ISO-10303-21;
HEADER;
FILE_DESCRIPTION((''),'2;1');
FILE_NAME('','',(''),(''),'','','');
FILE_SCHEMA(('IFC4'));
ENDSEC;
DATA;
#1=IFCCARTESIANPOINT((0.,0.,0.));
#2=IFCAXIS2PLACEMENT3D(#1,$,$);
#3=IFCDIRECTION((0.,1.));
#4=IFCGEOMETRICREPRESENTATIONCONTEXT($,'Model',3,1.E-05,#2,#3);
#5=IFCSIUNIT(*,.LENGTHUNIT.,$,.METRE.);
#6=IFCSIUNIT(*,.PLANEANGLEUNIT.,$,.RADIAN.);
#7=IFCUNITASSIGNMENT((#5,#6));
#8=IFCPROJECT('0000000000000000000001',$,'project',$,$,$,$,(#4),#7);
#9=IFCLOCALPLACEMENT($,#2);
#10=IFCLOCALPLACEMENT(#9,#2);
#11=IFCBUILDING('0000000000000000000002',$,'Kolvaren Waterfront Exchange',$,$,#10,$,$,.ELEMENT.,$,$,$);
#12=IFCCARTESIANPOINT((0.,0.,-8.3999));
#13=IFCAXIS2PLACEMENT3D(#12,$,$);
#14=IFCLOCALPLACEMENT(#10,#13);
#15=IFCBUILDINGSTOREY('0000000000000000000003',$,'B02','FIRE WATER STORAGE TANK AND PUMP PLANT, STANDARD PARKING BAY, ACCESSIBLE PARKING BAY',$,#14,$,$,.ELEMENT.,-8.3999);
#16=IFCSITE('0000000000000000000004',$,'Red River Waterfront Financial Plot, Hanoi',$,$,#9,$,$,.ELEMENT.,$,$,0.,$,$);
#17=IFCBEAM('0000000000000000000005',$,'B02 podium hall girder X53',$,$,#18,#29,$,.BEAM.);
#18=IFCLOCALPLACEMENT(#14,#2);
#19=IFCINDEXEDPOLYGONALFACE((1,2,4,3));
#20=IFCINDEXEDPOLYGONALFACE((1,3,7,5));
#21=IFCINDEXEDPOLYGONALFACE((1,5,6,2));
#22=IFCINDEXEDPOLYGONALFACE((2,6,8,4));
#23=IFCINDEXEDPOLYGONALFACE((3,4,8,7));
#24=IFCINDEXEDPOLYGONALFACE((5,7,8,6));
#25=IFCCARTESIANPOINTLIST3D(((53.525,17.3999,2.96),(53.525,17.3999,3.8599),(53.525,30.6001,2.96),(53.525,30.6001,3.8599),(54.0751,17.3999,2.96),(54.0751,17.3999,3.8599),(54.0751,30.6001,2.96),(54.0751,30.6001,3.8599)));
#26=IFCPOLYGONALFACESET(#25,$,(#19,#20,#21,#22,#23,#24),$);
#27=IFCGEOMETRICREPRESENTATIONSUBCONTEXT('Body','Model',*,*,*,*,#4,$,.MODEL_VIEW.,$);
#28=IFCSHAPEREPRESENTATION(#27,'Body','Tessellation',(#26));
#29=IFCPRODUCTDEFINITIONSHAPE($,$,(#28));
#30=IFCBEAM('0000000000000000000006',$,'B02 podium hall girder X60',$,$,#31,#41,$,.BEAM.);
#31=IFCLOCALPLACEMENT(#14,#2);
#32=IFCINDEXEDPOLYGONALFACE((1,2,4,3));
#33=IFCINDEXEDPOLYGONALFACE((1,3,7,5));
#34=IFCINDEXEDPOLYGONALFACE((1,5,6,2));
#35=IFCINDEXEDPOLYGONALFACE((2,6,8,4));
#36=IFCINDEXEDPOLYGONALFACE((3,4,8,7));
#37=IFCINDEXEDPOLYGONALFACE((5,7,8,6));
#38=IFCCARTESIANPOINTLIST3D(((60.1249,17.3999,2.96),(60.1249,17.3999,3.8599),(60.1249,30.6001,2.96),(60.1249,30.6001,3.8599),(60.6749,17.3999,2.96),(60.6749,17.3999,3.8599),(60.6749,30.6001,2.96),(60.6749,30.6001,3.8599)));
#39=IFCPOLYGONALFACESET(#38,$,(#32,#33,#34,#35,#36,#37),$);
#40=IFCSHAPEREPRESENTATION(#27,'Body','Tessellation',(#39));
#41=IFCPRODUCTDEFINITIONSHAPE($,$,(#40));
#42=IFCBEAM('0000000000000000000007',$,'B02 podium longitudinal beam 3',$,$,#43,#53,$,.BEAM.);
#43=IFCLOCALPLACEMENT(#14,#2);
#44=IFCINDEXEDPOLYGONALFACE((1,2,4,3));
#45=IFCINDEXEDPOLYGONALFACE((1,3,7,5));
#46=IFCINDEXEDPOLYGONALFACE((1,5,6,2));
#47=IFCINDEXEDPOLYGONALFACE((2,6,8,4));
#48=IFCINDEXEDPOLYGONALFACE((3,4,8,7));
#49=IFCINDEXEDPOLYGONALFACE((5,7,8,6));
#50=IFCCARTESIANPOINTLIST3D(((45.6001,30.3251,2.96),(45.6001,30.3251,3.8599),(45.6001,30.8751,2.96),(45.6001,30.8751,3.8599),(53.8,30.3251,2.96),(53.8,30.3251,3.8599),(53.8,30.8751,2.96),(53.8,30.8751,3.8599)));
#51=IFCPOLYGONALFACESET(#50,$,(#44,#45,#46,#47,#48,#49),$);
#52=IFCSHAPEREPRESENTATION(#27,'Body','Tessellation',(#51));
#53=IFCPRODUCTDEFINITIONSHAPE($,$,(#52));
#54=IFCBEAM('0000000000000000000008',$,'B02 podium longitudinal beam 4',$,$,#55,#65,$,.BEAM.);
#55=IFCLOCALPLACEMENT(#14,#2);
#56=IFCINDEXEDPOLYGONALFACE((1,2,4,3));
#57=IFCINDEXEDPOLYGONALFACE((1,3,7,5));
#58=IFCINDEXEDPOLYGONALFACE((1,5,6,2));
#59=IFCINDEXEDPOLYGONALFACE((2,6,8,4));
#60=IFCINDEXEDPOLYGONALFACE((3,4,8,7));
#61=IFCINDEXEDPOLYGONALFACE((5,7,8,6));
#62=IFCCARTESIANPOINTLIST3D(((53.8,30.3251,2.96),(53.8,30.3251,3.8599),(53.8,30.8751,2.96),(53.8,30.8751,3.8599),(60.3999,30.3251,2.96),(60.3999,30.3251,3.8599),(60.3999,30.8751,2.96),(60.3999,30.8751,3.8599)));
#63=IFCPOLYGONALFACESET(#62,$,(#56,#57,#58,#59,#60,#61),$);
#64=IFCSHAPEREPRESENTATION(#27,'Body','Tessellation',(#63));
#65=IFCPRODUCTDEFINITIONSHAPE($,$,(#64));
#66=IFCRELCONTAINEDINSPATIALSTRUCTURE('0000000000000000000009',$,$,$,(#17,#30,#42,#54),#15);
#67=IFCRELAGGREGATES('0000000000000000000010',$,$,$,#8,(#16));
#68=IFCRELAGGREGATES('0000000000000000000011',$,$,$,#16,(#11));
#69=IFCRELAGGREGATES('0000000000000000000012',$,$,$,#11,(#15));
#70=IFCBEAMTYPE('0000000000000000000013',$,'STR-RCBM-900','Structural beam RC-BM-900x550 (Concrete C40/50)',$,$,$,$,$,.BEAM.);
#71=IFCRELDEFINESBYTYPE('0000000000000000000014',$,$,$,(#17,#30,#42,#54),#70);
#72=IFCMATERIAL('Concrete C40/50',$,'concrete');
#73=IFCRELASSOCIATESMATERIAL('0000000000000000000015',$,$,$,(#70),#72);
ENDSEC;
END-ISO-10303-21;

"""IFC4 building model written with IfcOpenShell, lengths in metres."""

from ifc_helpers import new_model, si_unit, direction, frame, origin, origin_2d, place, context, subcontext, project, spatial, rectangle, extrude, material, material_profile, profile_set, type_object, element, save


model = new_model("IFC4")

# Units and contexts
model_context = context("Model", 3, precision=1e-05, world=origin(), true_north=direction((0.0, 1.0)))
body_context = subcontext(model_context, "Body", "Model", "MODEL_VIEW")
ifc_project = project(units=[si_unit("LENGTHUNIT", "METRE"), si_unit("PLANEANGLEUNIT", "RADIAN")], contexts=[model_context])

# Site, building, storey
site_placement = place(None, origin())
site = spatial("IfcSite", under=ifc_project, at=site_placement, Name="Red River Waterfront Financial Plot, Hanoi", CompositionType="ELEMENT", RefElevation=0.0)
building_placement = place(site_placement, origin())
building = spatial("IfcBuilding", under=site, at=building_placement, Name="Kolvaren Waterfront Exchange", CompositionType="ELEMENT")
storey_placement = place(building_placement, frame((0.0, 0.0, -8.3999)))
storey = spatial("IfcBuildingStorey", under=building, at=storey_placement, Name="B02", Description="FIRE WATER STORAGE TANK AND PUMP PLANT, STANDARD PARKING BAY, ACCESSIBLE PARKING BAY", CompositionType="ELEMENT", Elevation=-8.3999)

# Beams
ifc_material_1 = material(Name="Concrete C40/50", Category="concrete")
ifc_material_profile_1 = material_profile(ifc_material_1, rectangle(XDim=0.55, YDim=0.8999, at=origin_2d()), Name="RC-BM-900x550")
ifc_profile_set_1 = profile_set([ifc_material_profile_1], Name="Concrete C40/50")
beam_type_1 = type_object("IfcBeamType", Name="STR-RCBM-900", Description="Structural beam RC-BM-900x550 (Concrete C40/50)", PredefinedType="BEAM", material=ifc_profile_set_1)
for number, where, z_axis, x_axis, name in (
    (1, (53.8, 17.3999, 3.4099), (0.0, 1.0, 0.0), (-1.0, 0.0, 0.0), "B02 podium hall girder X53"),
    (2, (60.3999, 17.3999, 3.4099), (0.0, 1.0, 0.0), (-1.0, 0.0, 0.0), "B02 podium hall girder X60"),
):
    element("IfcBeam", number, at=place(storey_placement, frame(where, z_axis=z_axis, x_axis=x_axis)), inside=storey, type_object=beam_type_1, Name=name, PredefinedType="BEAM", context=body_context, shape_type="SweptSolid", body=[
        extrude(rectangle(XDim=0.55, YDim=0.8999, at=origin_2d()), origin(), (0.0, 0.0, 1.0), 13.2002),
    ])
beam_1_placement = place(storey_placement, frame((45.6001, 30.6001, 3.4099), z_axis=(1.0, 0.0, 0.0), x_axis=(0.0, 1.0, 0.0)))
element("IfcBeam", 3, at=beam_1_placement, inside=storey, type_object=beam_type_1, Name="B02 podium longitudinal beam 3", PredefinedType="BEAM", context=body_context, shape_type="SweptSolid", body=[
    extrude(rectangle(XDim=0.55, YDim=0.8999, at=origin_2d()), origin(), (0.0, 0.0, 1.0), 8.2),
])
beam_2_placement = place(storey_placement, frame((53.8, 30.6001, 3.4099), z_axis=(1.0, 0.0, 0.0), x_axis=(0.0, 1.0, 0.0)))
element("IfcBeam", 4, at=beam_2_placement, inside=storey, type_object=beam_type_1, Name="B02 podium longitudinal beam 4", PredefinedType="BEAM", context=body_context, shape_type="SweptSolid", body=[
    extrude(rectangle(XDim=0.55, YDim=0.8999, at=origin_2d()), origin(), (0.0, 0.0, 1.0), 6.5999),
])

save(model, "model.ifc")
